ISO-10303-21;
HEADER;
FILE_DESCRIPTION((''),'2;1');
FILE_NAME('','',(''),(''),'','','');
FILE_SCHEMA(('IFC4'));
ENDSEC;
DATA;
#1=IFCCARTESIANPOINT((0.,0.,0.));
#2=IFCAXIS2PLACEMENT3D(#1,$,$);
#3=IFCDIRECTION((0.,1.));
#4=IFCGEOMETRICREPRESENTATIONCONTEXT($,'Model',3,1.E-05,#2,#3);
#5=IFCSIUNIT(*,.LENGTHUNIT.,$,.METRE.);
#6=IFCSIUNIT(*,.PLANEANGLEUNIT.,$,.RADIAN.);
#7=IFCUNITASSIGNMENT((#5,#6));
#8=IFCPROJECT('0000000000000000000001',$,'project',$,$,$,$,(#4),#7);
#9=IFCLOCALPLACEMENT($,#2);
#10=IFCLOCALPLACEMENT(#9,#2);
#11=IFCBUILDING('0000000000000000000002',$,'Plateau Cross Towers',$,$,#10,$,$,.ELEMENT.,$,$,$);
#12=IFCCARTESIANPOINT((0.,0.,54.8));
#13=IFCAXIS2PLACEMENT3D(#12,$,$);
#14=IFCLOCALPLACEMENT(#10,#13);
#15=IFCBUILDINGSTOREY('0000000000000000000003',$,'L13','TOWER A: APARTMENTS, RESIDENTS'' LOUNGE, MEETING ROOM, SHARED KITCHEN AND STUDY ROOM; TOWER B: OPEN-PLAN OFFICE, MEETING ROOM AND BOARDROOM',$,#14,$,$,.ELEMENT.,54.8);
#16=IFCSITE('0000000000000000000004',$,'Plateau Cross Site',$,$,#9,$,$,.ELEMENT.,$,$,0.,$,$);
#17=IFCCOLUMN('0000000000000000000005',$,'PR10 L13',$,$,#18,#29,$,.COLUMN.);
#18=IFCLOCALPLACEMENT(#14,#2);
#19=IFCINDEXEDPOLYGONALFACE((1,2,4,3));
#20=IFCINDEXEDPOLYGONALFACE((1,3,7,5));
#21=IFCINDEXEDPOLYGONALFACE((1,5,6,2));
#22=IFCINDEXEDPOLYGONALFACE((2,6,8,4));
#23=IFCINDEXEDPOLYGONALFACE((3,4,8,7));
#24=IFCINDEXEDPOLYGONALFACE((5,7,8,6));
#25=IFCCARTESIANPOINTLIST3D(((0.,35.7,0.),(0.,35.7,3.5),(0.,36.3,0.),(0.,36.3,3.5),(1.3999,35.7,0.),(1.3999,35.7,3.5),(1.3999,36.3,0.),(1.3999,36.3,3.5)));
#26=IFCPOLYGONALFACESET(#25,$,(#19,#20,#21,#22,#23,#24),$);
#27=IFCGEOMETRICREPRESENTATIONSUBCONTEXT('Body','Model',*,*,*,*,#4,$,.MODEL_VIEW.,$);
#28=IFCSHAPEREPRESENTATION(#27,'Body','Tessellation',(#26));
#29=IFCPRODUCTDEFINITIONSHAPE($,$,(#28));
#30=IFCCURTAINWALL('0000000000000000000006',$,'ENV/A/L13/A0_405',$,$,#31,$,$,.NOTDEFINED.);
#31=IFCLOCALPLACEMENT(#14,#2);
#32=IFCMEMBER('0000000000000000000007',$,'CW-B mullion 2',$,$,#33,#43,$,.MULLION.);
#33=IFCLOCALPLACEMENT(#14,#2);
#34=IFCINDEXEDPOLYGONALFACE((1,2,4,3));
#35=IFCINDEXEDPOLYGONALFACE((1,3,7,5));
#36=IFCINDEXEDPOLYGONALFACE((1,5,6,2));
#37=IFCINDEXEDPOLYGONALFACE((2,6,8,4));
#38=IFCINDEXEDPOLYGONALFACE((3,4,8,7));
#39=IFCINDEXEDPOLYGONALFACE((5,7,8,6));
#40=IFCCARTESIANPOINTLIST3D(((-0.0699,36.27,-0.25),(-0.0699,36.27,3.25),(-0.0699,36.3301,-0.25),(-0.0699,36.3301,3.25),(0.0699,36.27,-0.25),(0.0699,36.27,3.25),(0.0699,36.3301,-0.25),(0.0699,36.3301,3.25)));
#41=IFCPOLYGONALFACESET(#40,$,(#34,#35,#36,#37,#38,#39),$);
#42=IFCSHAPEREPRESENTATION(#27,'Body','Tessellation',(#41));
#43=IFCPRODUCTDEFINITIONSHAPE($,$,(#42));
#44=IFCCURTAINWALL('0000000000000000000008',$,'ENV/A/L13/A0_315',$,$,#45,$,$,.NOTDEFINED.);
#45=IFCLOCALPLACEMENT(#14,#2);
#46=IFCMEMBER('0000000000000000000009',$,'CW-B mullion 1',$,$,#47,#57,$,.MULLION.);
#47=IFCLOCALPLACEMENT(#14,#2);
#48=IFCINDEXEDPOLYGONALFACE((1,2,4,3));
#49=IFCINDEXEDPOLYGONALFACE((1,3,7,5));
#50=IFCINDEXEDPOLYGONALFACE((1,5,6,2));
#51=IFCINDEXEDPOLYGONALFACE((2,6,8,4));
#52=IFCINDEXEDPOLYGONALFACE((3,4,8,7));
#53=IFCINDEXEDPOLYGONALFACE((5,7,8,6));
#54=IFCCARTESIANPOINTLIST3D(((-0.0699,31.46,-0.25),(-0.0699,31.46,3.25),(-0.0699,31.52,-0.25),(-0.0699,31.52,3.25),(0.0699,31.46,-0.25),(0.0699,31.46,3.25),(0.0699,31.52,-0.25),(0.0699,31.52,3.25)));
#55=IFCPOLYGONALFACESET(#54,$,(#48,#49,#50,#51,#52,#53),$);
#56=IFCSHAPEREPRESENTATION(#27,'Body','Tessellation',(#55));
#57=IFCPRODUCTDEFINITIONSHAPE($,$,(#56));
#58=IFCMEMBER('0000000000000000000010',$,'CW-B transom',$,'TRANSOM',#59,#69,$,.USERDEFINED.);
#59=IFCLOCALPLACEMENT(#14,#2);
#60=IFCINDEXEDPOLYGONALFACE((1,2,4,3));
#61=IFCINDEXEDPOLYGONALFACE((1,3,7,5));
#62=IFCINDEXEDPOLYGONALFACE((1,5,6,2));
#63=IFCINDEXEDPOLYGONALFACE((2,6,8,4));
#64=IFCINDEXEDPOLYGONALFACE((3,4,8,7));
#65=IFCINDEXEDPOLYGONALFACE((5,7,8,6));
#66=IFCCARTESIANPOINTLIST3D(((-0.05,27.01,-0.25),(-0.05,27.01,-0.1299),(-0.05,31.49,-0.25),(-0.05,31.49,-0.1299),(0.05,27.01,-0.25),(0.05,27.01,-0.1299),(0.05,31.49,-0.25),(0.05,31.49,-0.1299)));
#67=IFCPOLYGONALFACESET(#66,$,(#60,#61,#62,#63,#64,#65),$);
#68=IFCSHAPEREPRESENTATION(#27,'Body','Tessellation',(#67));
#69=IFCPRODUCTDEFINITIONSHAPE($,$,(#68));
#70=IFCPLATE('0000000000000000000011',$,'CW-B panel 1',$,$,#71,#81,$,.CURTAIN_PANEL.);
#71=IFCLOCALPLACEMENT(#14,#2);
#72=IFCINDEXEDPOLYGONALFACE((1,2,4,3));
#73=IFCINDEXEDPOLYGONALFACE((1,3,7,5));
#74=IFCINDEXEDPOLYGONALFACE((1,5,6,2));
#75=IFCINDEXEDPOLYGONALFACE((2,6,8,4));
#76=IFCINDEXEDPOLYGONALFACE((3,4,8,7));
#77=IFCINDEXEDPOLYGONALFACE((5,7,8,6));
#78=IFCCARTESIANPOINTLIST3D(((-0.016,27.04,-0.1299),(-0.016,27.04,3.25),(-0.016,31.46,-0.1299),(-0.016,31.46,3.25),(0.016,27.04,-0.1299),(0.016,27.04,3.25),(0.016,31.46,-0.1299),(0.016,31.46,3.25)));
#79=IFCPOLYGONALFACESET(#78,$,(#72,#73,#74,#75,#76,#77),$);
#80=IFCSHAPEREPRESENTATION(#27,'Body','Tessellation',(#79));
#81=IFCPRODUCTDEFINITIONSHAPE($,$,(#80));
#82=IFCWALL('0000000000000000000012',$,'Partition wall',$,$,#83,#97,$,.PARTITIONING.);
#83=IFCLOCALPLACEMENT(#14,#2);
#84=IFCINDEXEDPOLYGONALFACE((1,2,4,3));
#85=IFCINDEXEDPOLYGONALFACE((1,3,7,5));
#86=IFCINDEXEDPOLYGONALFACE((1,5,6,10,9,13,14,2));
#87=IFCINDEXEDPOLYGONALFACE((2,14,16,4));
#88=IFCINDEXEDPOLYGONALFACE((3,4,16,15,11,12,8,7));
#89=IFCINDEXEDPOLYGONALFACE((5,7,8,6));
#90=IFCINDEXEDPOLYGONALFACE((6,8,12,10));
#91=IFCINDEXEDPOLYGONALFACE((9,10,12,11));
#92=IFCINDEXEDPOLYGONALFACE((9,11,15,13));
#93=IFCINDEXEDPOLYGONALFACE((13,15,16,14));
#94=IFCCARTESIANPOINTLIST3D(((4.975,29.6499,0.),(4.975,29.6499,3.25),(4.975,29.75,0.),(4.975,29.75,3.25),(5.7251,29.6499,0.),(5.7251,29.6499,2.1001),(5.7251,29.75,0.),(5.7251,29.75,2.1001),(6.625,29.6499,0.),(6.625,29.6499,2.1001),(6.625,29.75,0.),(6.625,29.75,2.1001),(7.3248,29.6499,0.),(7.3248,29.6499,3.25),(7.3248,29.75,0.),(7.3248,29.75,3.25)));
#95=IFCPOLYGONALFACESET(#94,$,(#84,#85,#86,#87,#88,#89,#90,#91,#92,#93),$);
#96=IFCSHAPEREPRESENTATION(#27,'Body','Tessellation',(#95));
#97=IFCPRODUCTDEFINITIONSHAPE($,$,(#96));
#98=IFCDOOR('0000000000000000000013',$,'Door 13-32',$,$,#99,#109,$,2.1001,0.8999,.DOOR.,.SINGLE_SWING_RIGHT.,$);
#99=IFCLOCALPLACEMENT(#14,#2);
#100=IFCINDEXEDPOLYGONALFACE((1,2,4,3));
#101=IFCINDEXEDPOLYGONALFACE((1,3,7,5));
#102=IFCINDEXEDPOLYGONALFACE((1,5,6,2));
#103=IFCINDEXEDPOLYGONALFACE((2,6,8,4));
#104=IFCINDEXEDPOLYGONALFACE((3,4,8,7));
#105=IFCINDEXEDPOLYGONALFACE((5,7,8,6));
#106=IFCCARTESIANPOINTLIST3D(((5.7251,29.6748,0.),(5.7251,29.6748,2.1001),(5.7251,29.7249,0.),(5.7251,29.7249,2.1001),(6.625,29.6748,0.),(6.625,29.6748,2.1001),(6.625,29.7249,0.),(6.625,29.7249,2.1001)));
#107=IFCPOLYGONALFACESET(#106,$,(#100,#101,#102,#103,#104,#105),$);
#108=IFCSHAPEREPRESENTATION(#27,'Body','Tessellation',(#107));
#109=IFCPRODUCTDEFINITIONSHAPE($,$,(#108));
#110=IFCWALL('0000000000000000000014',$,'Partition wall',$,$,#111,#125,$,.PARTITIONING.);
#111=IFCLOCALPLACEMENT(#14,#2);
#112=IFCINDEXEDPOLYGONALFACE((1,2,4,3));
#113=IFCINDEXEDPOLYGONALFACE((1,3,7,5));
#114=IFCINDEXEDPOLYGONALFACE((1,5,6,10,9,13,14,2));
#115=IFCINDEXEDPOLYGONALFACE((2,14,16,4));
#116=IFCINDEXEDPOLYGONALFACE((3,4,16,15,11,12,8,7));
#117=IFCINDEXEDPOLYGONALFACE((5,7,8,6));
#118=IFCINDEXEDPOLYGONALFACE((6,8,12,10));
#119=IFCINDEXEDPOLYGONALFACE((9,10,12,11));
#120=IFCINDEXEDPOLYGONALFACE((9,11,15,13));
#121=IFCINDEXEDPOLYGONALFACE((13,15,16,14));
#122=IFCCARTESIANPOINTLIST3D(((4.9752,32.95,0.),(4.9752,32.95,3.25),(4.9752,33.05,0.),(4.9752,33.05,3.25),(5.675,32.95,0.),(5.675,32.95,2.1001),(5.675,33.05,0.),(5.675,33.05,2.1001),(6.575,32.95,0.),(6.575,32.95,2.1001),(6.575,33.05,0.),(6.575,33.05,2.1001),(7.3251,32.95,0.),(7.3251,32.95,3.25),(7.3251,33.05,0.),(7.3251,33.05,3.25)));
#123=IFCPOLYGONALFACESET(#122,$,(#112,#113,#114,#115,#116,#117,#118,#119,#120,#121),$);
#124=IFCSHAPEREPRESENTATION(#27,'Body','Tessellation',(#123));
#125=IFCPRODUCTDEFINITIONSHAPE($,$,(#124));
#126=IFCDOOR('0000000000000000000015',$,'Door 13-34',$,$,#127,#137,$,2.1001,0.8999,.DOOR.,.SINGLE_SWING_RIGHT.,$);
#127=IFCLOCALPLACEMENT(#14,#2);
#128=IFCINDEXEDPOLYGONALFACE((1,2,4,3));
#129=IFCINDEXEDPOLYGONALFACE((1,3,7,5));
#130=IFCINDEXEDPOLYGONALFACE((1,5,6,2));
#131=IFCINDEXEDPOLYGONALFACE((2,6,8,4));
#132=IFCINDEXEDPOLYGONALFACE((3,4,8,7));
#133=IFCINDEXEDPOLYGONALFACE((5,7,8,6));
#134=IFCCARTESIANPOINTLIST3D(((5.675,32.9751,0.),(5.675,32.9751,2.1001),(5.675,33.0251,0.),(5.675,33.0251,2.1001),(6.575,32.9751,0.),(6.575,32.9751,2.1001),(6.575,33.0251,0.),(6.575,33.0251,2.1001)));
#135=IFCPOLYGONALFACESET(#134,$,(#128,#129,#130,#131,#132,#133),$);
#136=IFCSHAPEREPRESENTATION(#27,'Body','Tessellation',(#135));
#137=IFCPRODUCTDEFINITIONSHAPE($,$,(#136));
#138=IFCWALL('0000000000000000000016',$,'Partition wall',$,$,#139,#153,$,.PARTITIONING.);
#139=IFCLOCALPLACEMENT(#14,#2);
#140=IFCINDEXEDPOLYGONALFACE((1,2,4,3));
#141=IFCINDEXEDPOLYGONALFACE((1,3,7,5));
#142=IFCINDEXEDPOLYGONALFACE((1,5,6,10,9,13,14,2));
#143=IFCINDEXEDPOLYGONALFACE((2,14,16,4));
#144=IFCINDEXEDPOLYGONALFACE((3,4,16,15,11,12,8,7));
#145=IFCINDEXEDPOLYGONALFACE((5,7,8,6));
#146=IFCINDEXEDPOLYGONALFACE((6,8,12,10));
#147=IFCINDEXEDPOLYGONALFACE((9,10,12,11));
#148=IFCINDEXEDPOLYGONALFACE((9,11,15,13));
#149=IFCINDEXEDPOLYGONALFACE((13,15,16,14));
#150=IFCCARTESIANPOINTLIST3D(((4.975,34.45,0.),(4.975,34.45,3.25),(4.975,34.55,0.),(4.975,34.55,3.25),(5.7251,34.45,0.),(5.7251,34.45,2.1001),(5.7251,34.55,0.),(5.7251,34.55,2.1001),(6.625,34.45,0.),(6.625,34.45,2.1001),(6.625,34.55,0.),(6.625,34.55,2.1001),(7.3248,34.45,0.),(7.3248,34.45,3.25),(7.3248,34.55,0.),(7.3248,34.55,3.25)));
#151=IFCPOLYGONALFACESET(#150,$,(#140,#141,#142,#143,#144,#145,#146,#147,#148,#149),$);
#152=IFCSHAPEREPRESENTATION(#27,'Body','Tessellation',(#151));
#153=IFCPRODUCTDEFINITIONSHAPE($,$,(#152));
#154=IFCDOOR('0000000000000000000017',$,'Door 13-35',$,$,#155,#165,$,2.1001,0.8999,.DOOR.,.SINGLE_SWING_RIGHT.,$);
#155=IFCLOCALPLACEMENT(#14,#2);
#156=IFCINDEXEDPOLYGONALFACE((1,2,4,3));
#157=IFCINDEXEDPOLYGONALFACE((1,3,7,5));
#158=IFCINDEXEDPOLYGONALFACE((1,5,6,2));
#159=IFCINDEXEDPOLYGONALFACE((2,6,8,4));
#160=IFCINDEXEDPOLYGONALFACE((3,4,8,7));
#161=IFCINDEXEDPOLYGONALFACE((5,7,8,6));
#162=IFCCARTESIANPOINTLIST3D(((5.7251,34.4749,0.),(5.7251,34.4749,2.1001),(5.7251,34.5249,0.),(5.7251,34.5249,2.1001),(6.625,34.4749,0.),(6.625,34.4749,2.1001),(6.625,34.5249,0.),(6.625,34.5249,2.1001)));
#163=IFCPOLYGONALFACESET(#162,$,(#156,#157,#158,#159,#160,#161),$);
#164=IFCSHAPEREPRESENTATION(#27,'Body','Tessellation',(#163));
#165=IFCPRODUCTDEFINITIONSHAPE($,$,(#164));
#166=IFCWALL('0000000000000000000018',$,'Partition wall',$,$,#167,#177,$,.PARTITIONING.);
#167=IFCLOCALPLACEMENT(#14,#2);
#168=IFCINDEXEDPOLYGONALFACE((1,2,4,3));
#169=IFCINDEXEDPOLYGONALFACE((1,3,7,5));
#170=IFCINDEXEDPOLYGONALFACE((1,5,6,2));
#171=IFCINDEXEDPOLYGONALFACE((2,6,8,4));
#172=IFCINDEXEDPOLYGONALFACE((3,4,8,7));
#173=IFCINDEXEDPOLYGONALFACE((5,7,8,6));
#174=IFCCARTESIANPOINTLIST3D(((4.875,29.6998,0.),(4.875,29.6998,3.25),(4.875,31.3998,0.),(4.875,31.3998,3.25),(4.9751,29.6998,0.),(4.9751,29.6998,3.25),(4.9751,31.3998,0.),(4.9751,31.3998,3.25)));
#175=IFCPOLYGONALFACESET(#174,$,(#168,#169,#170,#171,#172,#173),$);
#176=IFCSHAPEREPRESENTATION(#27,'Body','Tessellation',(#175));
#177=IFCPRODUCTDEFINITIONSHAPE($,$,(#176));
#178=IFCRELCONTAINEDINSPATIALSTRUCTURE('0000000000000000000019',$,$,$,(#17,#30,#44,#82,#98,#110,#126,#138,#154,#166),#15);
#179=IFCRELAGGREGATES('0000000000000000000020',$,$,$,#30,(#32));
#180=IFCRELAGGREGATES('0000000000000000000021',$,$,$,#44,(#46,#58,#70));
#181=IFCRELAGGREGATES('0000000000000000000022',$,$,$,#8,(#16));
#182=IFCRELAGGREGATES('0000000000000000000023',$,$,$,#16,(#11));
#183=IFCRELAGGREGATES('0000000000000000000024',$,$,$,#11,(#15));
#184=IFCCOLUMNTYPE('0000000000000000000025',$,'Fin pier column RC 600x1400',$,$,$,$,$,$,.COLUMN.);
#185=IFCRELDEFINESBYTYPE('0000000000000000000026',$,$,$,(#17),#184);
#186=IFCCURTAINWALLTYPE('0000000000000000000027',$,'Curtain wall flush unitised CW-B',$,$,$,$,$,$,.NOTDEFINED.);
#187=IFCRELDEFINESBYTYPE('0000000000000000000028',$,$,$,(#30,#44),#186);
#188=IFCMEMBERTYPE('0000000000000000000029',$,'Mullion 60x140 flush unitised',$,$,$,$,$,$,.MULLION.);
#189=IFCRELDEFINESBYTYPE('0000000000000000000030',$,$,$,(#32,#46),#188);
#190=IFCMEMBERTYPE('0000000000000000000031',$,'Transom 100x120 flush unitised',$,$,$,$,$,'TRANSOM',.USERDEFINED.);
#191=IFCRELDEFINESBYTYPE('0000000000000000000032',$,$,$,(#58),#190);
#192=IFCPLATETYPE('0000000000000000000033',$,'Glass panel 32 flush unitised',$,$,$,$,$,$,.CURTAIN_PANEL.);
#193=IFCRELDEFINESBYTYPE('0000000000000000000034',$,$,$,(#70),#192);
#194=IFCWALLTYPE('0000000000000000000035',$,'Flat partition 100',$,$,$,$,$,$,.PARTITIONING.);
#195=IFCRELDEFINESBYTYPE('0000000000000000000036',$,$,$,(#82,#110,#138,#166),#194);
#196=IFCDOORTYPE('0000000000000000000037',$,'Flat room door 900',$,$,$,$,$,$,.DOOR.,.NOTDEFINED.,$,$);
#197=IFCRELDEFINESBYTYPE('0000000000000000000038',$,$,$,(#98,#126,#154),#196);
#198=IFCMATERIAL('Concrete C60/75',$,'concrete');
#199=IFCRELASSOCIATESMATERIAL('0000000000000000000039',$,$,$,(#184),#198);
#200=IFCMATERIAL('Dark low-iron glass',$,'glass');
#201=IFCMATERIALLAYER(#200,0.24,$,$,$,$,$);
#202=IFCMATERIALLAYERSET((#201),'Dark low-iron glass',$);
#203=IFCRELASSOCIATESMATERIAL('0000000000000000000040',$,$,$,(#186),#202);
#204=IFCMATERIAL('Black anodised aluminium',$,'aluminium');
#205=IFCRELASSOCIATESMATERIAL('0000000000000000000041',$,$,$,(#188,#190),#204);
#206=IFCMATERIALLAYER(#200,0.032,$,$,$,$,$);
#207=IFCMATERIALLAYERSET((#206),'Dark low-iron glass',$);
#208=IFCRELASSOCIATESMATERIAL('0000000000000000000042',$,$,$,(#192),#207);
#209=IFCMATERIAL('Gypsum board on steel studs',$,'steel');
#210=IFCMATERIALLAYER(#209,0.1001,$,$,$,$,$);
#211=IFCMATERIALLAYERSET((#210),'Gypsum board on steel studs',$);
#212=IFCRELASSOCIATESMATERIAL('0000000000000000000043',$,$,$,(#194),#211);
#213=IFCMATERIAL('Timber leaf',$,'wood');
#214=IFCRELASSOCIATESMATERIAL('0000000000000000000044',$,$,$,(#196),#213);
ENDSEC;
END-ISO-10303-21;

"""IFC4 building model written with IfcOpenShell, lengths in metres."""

from ifc_helpers import new_model, si_unit, direction, frame, frame_2d, origin, origin_2d, place, context, subcontext, project, spatial, rectangle, extrude, material, layer, layer_set, material_profile, profile_set, type_object, element, fill, aggregate, save


model = new_model("IFC4")

# Units and contexts
model_context = context("Model", 3, precision=1e-05, world=origin(), true_north=direction((0.0, 1.0)))
body_context = subcontext(model_context, "Body", "Model", "MODEL_VIEW")
ifc_project = project(units=[si_unit("LENGTHUNIT", "METRE"), si_unit("PLANEANGLEUNIT", "RADIAN")], contexts=[model_context])

# Site, building, storey
site_placement = place(None, origin())
site = spatial("IfcSite", under=ifc_project, at=site_placement, Name="Plateau Cross Site", CompositionType="ELEMENT", RefElevation=0.0)
building_placement = place(site_placement, origin())
building = spatial("IfcBuilding", under=site, at=building_placement, Name="Plateau Cross Towers", CompositionType="ELEMENT")
storey_placement = place(building_placement, frame((0.0, 0.0, 54.8)))
storey = spatial("IfcBuildingStorey", under=building, at=storey_placement, Name="L13", Description="TOWER A: APARTMENTS, RESIDENTS' LOUNGE, MEETING ROOM, SHARED KITCHEN AND STUDY ROOM; TOWER B: OPEN-PLAN OFFICE, MEETING ROOM AND BOARDROOM", CompositionType="ELEMENT", Elevation=54.8)

# Column
ifc_material_1 = material(Name="Concrete C60/75", Category="concrete")
ifc_material_profile_1 = material_profile(ifc_material_1, rectangle(XDim=0.6001, YDim=1.3999, at=origin_2d()), Name="RC 600x1400")
ifc_profile_set_1 = profile_set([ifc_material_profile_1], Name="Concrete C60/75")
column_type = type_object("IfcColumnType", Name="Fin pier column RC 600x1400", PredefinedType="COLUMN", material=ifc_profile_set_1)
column_placement = place(storey_placement, frame((0.7, 36.0, 0.0), z_axis=(0.0, 0.0, 1.0), x_axis=(0.0, 1.0, 0.0)))
element("IfcColumn", 1, at=column_placement, inside=storey, type_object=column_type, Name="PR10 L13", PredefinedType="COLUMN", context=body_context, shape_type="SweptSolid", body=[
    extrude(rectangle(XDim=0.6001, YDim=1.3999, at=origin_2d()), origin(), (0.0, 0.0, 1.0), 3.5),
])

# Curtain wall, member
ifc_material_2 = material(Name="Dark low-iron glass", Category="glass")
ifc_layer_1 = layer(ifc_material_2, 0.24)
ifc_layer_set_1 = layer_set([ifc_layer_1], Name="Dark low-iron glass")
curtain_wall_type = type_object("IfcCurtainWallType", Name="Curtain wall flush unitised CW-B", PredefinedType="NOTDEFINED", material=ifc_layer_set_1)
curtain_wall_1_placement = place(storey_placement, origin())
curtain_wall_1 = element("IfcCurtainWall", 2, at=curtain_wall_1_placement, inside=storey, type_object=curtain_wall_type, Name="ENV/A/L13/A0_405", PredefinedType="NOTDEFINED")
ifc_material_3 = material(Name="Black anodised aluminium", Category="aluminium")
ifc_material_profile_2 = material_profile(ifc_material_3, rectangle(XDim=0.0601, YDim=0.1399, at=origin_2d()), Name="MULLION 60x140")
ifc_profile_set_2 = profile_set([ifc_material_profile_2], Name="Black anodised aluminium")
member_type_1 = type_object("IfcMemberType", Name="Mullion 60x140 flush unitised", PredefinedType="MULLION", material=ifc_profile_set_2)
member_1_placement = place(storey_placement, frame((0.0, 36.3, -0.25), z_axis=(0.0, 0.0, 1.0), x_axis=(0.0, -1.0, 0.0)))
member_1 = element("IfcMember", 3, at=member_1_placement, type_object=member_type_1, Name="CW-B mullion 2", PredefinedType="MULLION", context=body_context, shape_type="SweptSolid", body=[
    extrude(rectangle(XDim=0.0601, YDim=0.1399, at=origin_2d()), origin(), (0.0, 0.0, 1.0), 3.5),
])
aggregate(curtain_wall_1, [member_1])

# Curtain wall, members, plate
curtain_wall_2_placement = place(storey_placement, origin())
curtain_wall_2 = element("IfcCurtainWall", 4, at=curtain_wall_2_placement, inside=storey, type_object=curtain_wall_type, Name="ENV/A/L13/A0_315", PredefinedType="NOTDEFINED")
member_2_placement = place(storey_placement, frame((0.0, 31.49, -0.25), z_axis=(0.0, 0.0, 1.0), x_axis=(0.0, -1.0, 0.0)))
member_2 = element("IfcMember", 5, at=member_2_placement, type_object=member_type_1, Name="CW-B mullion 1", PredefinedType="MULLION", context=body_context, shape_type="SweptSolid", body=[
    extrude(rectangle(XDim=0.0601, YDim=0.1399, at=origin_2d()), origin(), (0.0, 0.0, 1.0), 3.5),
])
ifc_material_profile_3 = material_profile(ifc_material_3, rectangle(XDim=0.1001, YDim=0.1201, at=origin_2d()), Name="TRANSOM 100x120")
ifc_profile_set_3 = profile_set([ifc_material_profile_3], Name="Black anodised aluminium")
member_type_2 = type_object("IfcMemberType", Name="Transom 100x120 flush unitised", ElementType="TRANSOM", PredefinedType="USERDEFINED", material=ifc_profile_set_3)
member_3_placement = place(storey_placement, frame((0.0, 31.49, -0.1899), z_axis=(0.0, -1.0, 0.0), x_axis=(1.0, 0.0, 0.0)))
member_3 = element("IfcMember", 6, at=member_3_placement, type_object=member_type_2, Name="CW-B transom", ObjectType="TRANSOM", PredefinedType="USERDEFINED", context=body_context, shape_type="SweptSolid", body=[
    extrude(rectangle(XDim=0.1001, YDim=0.1201, at=origin_2d()), origin(), (0.0, 0.0, 1.0), 4.48),
])
ifc_layer_2 = layer(ifc_material_2, 0.032)
ifc_layer_set_2 = layer_set([ifc_layer_2], Name="Dark low-iron glass")
plate_type = type_object("IfcPlateType", Name="Glass panel 32 flush unitised", PredefinedType="CURTAIN_PANEL", material=ifc_layer_set_2)
plate_placement = place(storey_placement, frame((0.0, 29.25, -0.1299), z_axis=(0.0, 0.0, 1.0), x_axis=(0.0, -1.0, 0.0)))
plate = element("IfcPlate", 7, at=plate_placement, type_object=plate_type, Name="CW-B panel 1", PredefinedType="CURTAIN_PANEL", context=body_context, shape_type="SweptSolid", body=[
    extrude(rectangle(XDim=4.4199, YDim=0.032, at=origin_2d()), origin(), (0.0, 0.0, 1.0), 3.3799),
])
aggregate(curtain_wall_2, [member_2, member_3, plate])

# Walls, openings, doors
ifc_material_4 = material(Name="Gypsum board on steel studs", Category="steel")
ifc_layer_3 = layer(ifc_material_4, 0.1001)
ifc_layer_set_3 = layer_set([ifc_layer_3], Name="Gypsum board on steel studs")
wall_type_1 = type_object("IfcWallType", Name="Flat partition 100", PredefinedType="PARTITIONING", material=ifc_layer_set_3)
wall_1_placement = place(storey_placement, frame((4.9751, 29.7, 0.0), z_axis=(0.0, 0.0, 1.0), x_axis=(1.0, 0.0, 0.0)))
wall_1 = element("IfcWall", 8, at=wall_1_placement, inside=storey, type_object=wall_type_1, Name="Partition wall", PredefinedType="PARTITIONING", context=body_context, shape_type="SweptSolid", body=[
    extrude(rectangle(XDim=2.3499, YDim=0.1001, at=frame_2d((1.1748, 0.0))), origin(), (0.0, 0.0, 1.0), 3.25),
])
opening_1_placement = place(wall_1_placement, frame((0.75, 0.0, 0.0)))
opening_1 = element("IfcOpeningElement", 9, at=opening_1_placement, cuts=wall_1, PredefinedType="OPENING", context=body_context, shape_type="SweptSolid", body=[
    extrude(rectangle(XDim=0.8999, YDim=2.1001, at=frame_2d((0.45, 1.05))), frame((0.0, 0.0601, 0.0), z_axis=(0.0, -1.0, 0.0), x_axis=(1.0, 0.0, 0.0)), (0.0, 0.0, 1.0), 0.1201),
])
ifc_material_5 = material(Name="Timber leaf", Category="wood")
door_type_1 = type_object("IfcDoorType", Name="Flat room door 900", OperationType="NOTDEFINED", PredefinedType="DOOR", material=ifc_material_5)
door_1_placement = place(opening_1_placement, origin())
door_1 = element("IfcDoor", 10, at=door_1_placement, inside=storey, type_object=door_type_1, Name="Door 13-32", OperationType="SINGLE_SWING_RIGHT", OverallHeight=2.1001, OverallWidth=0.8999, PredefinedType="DOOR", context=body_context, shape_type="SweptSolid", body=[
    extrude(rectangle(XDim=0.8999, YDim=2.1001, at=frame_2d((0.45, 1.05))), frame((0.0, 0.0249, 0.0), z_axis=(0.0, -1.0, 0.0), x_axis=(1.0, 0.0, 0.0)), (0.0, 0.0, 1.0), 0.05),
])
fill(opening_1, door_1)
wall_2_placement = place(storey_placement, frame((7.325, 33.0, 0.0), z_axis=(0.0, 0.0, 1.0), x_axis=(-1.0, 0.0, 0.0)))
wall_2 = element("IfcWall", 11, at=wall_2_placement, inside=storey, type_object=wall_type_1, Name="Partition wall", PredefinedType="PARTITIONING", context=body_context, shape_type="SweptSolid", body=[
    extrude(rectangle(XDim=2.3499, YDim=0.1001, at=frame_2d((1.1748, 0.0))), origin(), (0.0, 0.0, 1.0), 3.25),
])
opening_2_placement = place(wall_2_placement, frame((0.75, 0.0, 0.0)))
opening_2 = element("IfcOpeningElement", 12, at=opening_2_placement, cuts=wall_2, PredefinedType="OPENING", context=body_context, shape_type="SweptSolid", body=[
    extrude(rectangle(XDim=0.8999, YDim=2.1001, at=frame_2d((0.45, 1.05))), frame((0.0, 0.0601, 0.0), z_axis=(0.0, -1.0, 0.0), x_axis=(1.0, 0.0, 0.0)), (0.0, 0.0, 1.0), 0.1201),
])
door_2_placement = place(opening_2_placement, origin())
door_2 = element("IfcDoor", 13, at=door_2_placement, inside=storey, type_object=door_type_1, Name="Door 13-34", OperationType="SINGLE_SWING_RIGHT", OverallHeight=2.1001, OverallWidth=0.8999, PredefinedType="DOOR", context=body_context, shape_type="SweptSolid", body=[
    extrude(rectangle(XDim=0.8999, YDim=2.1001, at=frame_2d((0.45, 1.05))), frame((0.0, 0.0249, 0.0), z_axis=(0.0, -1.0, 0.0), x_axis=(1.0, 0.0, 0.0)), (0.0, 0.0, 1.0), 0.05),
])
fill(opening_2, door_2)
wall_3_placement = place(storey_placement, frame((4.9751, 34.5, 0.0), z_axis=(0.0, 0.0, 1.0), x_axis=(1.0, 0.0, 0.0)))
wall_3 = element("IfcWall", 14, at=wall_3_placement, inside=storey, type_object=wall_type_1, Name="Partition wall", PredefinedType="PARTITIONING", context=body_context, shape_type="SweptSolid", body=[
    extrude(rectangle(XDim=2.3499, YDim=0.1001, at=frame_2d((1.1748, 0.0))), origin(), (0.0, 0.0, 1.0), 3.25),
])
opening_3_placement = place(wall_3_placement, frame((0.75, 0.0, 0.0)))
opening_3 = element("IfcOpeningElement", 15, at=opening_3_placement, cuts=wall_3, PredefinedType="OPENING", context=body_context, shape_type="SweptSolid", body=[
    extrude(rectangle(XDim=0.8999, YDim=2.1001, at=frame_2d((0.45, 1.05))), frame((0.0, 0.0601, 0.0), z_axis=(0.0, -1.0, 0.0), x_axis=(1.0, 0.0, 0.0)), (0.0, 0.0, 1.0), 0.1201),
])
door_3_placement = place(opening_3_placement, origin())
door_3 = element("IfcDoor", 16, at=door_3_placement, inside=storey, type_object=door_type_1, Name="Door 13-35", OperationType="SINGLE_SWING_RIGHT", OverallHeight=2.1001, OverallWidth=0.8999, PredefinedType="DOOR", context=body_context, shape_type="SweptSolid", body=[
    extrude(rectangle(XDim=0.8999, YDim=2.1001, at=frame_2d((0.45, 1.05))), frame((0.0, 0.0249, 0.0), z_axis=(0.0, -1.0, 0.0), x_axis=(1.0, 0.0, 0.0)), (0.0, 0.0, 1.0), 0.05),
])
fill(opening_3, door_3)

# Wall
wall_4_placement = place(storey_placement, frame((4.925, 31.3999, 0.0), z_axis=(0.0, 0.0, 1.0), x_axis=(0.0, -1.0, 0.0)))
element("IfcWall", 17, at=wall_4_placement, inside=storey, type_object=wall_type_1, Name="Partition wall", PredefinedType="PARTITIONING", context=body_context, shape_type="SweptSolid", body=[
    extrude(rectangle(XDim=1.7, YDim=0.1001, at=frame_2d((0.8501, 0.0))), origin(), (0.0, 0.0, 1.0), 3.25),
])

save(model, "model.ifc")
